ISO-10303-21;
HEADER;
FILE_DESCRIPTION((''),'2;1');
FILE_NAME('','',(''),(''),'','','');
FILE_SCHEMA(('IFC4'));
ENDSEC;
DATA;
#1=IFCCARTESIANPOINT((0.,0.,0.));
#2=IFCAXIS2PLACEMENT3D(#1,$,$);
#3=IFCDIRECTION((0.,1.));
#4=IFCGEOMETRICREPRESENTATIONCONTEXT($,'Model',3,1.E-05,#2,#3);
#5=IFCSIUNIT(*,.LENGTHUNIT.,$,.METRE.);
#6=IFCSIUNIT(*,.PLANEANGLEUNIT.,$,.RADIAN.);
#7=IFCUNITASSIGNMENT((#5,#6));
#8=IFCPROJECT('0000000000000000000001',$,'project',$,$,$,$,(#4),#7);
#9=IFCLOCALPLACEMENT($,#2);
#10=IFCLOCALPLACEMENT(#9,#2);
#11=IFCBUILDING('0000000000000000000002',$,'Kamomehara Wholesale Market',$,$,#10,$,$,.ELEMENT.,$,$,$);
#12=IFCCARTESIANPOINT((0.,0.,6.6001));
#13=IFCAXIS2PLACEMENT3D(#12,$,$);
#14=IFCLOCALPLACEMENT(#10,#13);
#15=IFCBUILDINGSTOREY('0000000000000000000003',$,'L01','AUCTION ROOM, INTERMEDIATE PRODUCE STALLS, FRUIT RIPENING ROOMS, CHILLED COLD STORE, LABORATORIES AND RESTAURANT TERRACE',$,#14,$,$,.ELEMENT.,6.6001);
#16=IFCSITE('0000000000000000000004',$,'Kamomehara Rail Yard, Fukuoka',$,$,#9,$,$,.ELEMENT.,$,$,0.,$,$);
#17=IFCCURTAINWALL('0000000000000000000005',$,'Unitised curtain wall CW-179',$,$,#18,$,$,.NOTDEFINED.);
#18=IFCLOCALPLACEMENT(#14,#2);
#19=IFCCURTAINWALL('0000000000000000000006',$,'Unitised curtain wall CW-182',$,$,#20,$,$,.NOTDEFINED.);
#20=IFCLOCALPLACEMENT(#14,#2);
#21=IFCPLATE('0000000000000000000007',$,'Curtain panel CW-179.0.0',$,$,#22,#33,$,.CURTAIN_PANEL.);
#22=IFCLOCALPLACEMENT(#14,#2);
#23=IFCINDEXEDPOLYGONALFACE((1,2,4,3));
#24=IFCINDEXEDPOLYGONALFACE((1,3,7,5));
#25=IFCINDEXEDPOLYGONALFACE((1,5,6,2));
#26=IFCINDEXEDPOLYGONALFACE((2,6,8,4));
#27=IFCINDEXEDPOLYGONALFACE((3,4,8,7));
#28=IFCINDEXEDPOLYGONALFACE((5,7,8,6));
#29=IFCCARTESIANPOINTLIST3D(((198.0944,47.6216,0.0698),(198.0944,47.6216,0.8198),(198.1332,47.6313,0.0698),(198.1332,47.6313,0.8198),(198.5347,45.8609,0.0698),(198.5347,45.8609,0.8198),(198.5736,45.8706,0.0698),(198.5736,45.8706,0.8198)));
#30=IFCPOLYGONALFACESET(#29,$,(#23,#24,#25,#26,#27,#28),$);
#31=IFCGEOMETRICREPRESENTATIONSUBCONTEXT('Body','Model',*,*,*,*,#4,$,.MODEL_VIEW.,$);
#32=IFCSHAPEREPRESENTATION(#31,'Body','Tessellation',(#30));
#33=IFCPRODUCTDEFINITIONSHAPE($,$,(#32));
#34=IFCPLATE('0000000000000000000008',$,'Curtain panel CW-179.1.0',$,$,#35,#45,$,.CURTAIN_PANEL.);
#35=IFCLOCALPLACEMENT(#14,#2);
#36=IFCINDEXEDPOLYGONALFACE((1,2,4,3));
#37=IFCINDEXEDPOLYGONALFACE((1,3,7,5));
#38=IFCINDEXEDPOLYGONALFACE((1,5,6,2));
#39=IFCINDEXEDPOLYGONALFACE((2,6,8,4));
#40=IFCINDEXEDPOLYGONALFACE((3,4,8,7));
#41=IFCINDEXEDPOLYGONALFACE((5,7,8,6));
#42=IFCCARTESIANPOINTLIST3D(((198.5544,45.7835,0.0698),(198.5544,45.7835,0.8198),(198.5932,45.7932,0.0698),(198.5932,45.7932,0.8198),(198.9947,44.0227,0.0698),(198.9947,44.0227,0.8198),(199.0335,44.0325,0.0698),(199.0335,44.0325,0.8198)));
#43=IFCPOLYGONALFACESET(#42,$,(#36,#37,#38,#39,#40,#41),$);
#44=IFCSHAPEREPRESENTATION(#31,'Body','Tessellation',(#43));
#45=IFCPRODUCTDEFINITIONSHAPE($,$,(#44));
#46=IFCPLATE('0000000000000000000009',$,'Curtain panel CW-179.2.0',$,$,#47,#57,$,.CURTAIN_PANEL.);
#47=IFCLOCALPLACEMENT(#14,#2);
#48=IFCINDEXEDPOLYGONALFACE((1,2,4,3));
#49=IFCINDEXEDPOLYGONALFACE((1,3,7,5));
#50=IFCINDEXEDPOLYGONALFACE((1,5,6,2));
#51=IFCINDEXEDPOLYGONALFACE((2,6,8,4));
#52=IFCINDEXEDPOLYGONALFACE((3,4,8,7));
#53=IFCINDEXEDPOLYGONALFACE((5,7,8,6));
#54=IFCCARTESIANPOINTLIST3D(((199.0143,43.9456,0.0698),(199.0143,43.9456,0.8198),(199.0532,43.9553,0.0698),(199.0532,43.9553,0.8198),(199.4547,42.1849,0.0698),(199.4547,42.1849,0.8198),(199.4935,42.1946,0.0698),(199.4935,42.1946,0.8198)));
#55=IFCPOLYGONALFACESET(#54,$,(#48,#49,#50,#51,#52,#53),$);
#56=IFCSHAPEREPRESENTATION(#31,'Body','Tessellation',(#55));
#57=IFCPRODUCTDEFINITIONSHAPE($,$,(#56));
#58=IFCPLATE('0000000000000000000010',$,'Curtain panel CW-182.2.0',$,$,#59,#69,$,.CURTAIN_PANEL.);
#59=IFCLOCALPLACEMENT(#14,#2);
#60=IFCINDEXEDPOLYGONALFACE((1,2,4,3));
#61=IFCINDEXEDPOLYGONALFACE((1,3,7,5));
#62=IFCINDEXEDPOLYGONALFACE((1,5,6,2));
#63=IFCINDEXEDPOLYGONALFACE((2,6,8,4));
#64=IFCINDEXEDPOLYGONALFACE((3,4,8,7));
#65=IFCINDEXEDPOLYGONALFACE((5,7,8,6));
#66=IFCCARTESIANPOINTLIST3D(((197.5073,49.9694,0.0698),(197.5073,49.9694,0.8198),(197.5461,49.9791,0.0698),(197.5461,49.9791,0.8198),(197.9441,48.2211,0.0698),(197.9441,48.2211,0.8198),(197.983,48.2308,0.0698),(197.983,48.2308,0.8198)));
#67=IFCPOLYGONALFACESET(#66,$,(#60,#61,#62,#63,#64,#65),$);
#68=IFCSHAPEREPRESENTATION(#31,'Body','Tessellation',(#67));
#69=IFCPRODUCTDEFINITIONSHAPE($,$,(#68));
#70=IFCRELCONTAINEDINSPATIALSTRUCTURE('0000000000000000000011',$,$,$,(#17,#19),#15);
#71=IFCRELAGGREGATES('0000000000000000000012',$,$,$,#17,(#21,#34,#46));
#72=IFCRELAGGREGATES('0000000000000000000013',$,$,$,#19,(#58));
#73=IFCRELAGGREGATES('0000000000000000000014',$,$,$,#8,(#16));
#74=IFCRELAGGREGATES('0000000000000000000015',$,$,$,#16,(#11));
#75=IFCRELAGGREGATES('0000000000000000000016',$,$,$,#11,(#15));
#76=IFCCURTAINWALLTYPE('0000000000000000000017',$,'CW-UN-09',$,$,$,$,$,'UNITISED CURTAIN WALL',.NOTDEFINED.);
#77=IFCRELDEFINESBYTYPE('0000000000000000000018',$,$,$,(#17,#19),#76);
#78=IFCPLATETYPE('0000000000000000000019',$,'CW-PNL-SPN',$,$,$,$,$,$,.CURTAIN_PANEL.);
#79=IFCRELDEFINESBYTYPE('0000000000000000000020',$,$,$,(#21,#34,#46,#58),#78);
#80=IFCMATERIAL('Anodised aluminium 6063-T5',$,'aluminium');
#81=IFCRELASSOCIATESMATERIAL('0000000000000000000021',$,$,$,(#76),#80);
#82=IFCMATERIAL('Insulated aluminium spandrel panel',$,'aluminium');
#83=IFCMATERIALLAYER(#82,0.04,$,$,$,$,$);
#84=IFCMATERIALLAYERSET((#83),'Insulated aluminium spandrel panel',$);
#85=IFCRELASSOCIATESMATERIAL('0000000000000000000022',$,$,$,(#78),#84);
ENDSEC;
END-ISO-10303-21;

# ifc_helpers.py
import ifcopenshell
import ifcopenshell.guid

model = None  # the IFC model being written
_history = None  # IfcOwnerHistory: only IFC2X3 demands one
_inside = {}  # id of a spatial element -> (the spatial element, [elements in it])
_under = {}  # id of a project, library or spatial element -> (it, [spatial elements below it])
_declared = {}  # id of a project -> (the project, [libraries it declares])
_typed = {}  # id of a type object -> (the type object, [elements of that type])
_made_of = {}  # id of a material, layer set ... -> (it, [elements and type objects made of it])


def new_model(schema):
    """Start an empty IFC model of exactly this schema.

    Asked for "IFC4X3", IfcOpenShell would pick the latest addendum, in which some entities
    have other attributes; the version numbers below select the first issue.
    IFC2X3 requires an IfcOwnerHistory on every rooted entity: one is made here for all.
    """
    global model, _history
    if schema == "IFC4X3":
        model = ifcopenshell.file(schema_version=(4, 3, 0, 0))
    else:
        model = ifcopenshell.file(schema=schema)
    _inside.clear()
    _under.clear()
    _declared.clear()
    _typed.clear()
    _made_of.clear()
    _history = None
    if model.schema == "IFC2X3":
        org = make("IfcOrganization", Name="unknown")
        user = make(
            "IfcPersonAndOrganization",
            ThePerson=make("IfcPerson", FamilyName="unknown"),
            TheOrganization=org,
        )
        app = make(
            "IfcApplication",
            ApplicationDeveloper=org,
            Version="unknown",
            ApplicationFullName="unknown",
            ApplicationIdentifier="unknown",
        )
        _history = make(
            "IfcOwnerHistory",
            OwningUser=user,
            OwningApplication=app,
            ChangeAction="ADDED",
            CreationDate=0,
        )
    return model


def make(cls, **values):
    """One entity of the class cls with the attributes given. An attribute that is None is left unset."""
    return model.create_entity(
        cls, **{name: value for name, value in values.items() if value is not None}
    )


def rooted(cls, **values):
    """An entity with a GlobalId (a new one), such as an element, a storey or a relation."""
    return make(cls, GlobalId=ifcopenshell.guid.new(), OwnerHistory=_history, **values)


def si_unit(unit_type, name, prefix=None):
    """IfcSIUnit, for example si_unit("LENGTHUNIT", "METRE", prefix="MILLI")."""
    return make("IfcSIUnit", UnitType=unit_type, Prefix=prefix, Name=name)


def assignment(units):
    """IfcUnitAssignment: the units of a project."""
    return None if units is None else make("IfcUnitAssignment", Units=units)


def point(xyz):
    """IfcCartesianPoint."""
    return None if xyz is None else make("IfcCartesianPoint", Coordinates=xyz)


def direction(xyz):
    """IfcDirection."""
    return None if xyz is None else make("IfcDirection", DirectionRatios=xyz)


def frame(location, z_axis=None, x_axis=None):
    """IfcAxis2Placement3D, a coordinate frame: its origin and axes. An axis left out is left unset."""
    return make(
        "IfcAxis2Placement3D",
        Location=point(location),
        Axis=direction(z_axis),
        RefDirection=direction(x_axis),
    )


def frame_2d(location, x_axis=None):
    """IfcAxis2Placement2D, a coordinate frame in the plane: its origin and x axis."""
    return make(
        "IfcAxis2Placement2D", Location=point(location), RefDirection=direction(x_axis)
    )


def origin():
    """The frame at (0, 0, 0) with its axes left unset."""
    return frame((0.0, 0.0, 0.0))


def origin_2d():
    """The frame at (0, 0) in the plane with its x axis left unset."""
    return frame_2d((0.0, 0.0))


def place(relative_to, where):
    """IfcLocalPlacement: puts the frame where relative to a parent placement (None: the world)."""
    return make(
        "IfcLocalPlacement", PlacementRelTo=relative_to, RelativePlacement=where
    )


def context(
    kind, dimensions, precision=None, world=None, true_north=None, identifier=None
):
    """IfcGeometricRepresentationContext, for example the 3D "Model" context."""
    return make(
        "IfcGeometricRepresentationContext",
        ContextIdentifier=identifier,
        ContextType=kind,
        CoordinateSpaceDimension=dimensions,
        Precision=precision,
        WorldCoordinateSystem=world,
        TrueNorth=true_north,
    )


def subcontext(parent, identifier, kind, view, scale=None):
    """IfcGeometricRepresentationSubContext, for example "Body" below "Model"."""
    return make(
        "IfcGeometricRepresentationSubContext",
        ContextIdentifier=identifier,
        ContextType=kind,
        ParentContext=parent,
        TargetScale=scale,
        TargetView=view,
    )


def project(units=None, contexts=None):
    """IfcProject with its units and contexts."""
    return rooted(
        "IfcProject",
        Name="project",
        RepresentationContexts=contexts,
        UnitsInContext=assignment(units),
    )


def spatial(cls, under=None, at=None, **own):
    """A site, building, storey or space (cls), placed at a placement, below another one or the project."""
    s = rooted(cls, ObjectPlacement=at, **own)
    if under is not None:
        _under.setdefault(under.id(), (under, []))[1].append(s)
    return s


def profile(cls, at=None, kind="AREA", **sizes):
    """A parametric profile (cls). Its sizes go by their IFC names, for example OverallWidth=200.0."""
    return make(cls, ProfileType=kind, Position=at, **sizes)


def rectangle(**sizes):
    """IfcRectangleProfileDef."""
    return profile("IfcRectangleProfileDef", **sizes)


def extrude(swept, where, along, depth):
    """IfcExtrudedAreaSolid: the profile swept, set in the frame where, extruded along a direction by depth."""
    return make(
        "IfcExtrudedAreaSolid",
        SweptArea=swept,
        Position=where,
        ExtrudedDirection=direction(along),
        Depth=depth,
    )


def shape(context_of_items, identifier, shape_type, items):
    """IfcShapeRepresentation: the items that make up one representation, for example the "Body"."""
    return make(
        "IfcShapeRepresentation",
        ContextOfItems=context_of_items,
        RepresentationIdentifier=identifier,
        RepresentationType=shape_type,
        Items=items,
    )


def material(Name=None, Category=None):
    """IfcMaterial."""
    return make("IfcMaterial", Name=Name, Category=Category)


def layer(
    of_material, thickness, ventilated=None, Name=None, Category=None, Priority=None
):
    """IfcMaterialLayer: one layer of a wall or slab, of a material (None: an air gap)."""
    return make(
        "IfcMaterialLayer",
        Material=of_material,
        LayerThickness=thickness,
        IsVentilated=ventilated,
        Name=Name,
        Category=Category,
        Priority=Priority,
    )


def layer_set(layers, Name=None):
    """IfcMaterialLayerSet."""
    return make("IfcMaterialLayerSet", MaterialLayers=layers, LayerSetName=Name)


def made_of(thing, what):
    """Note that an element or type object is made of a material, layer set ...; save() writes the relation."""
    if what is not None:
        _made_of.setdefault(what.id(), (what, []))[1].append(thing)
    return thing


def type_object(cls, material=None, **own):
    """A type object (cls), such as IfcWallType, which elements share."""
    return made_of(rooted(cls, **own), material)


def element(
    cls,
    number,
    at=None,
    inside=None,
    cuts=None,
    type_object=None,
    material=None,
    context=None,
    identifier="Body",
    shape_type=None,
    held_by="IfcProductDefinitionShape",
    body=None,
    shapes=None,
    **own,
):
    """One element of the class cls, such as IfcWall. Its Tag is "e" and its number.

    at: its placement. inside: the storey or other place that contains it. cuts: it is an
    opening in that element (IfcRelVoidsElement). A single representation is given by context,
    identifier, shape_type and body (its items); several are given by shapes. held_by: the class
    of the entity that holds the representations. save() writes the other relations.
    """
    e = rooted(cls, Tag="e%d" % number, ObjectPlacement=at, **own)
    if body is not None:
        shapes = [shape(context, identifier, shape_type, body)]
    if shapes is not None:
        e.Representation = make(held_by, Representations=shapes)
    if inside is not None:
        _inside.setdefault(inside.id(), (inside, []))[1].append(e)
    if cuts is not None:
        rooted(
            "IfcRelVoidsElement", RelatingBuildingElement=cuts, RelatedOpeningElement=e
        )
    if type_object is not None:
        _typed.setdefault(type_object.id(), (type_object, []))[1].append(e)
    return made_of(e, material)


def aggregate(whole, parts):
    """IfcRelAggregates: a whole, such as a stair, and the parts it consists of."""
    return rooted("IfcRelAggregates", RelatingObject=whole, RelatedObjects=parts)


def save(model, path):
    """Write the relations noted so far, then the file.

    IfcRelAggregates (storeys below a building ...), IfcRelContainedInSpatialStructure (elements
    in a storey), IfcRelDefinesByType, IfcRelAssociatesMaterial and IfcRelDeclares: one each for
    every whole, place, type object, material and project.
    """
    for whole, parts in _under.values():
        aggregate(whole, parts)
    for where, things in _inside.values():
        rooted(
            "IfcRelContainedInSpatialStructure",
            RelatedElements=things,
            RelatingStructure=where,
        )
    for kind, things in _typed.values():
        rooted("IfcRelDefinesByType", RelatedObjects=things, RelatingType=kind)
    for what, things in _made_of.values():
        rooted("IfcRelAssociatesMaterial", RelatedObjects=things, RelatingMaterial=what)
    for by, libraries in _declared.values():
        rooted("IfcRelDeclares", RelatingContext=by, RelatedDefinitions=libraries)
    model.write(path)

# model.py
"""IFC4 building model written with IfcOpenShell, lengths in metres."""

from ifc_helpers import new_model, si_unit, direction, frame, origin, origin_2d, place, context, subcontext, project, spatial, rectangle, extrude, material, layer, layer_set, type_object, element, aggregate, save


model = new_model("IFC4")

# Units and contexts
model_context = context("Model", 3, precision=1e-05, world=origin(), true_north=direction((0.0, 1.0)))
body_context = subcontext(model_context, "Body", "Model", "MODEL_VIEW")
ifc_project = project(units=[si_unit("LENGTHUNIT", "METRE"), si_unit("PLANEANGLEUNIT", "RADIAN")], contexts=[model_context])

# Site, building, storey
site_placement = place(None, origin())
site = spatial("IfcSite", under=ifc_project, at=site_placement, Name="Kamomehara Rail Yard, Fukuoka", CompositionType="ELEMENT", RefElevation=0.0)
building_placement = place(site_placement, origin())
building = spatial("IfcBuilding", under=site, at=building_placement, Name="Kamomehara Wholesale Market", CompositionType="ELEMENT")
storey_placement = place(building_placement, frame((0.0, 0.0, 6.6001)))
storey = spatial("IfcBuildingStorey", under=building, at=storey_placement, Name="L01", Description="AUCTION ROOM, INTERMEDIATE PRODUCE STALLS, FRUIT RIPENING ROOMS, CHILLED COLD STORE, LABORATORIES AND RESTAURANT TERRACE", CompositionType="ELEMENT", Elevation=6.6001)

# Curtain wall
ifc_material_1 = material(Name="Anodised aluminium 6063-T5", Category="aluminium")
curtain_wall_type = type_object("IfcCurtainWallType", Name="CW-UN-09", ElementType="UNITISED CURTAIN WALL", PredefinedType="NOTDEFINED", material=ifc_material_1)
curtain_wall_1_placement = place(storey_placement, origin())
curtain_wall_1 = element("IfcCurtainWall", 1, at=curtain_wall_1_placement, inside=storey, type_object=curtain_wall_type, Name="Unitised curtain wall CW-179", PredefinedType="NOTDEFINED")

# Curtain wall
curtain_wall_2_placement = place(storey_placement, origin())
curtain_wall_2 = element("IfcCurtainWall", 2, at=curtain_wall_2_placement, inside=storey, type_object=curtain_wall_type, Name="Unitised curtain wall CW-182", PredefinedType="NOTDEFINED")

# Plates
ifc_material_2 = material(Name="Insulated aluminium spandrel panel", Category="aluminium")
ifc_layer_1 = layer(ifc_material_2, 0.04)
ifc_layer_set_1 = layer_set([ifc_layer_1], Name="Insulated aluminium spandrel panel")
plate_type_1 = type_object("IfcPlateType", Name="CW-PNL-SPN", PredefinedType="CURTAIN_PANEL", material=ifc_layer_set_1)
plate_1_placement = place(storey_placement, frame((198.334, 46.7461, 0.0698), z_axis=(0.0, 0.0, 1.0), x_axis=(0.242616, -0.970122, 0.0)))
plate_1 = element("IfcPlate", 3, at=plate_1_placement, type_object=plate_type_1, Name="Curtain panel CW-179.0.0", PredefinedType="CURTAIN_PANEL", context=body_context, shape_type="SweptSolid", body=[
    extrude(rectangle(XDim=1.8149, YDim=0.04, at=origin_2d()), origin(), (0.0, 0.0, 1.0), 0.75),
])
plate_2_placement = place(storey_placement, frame((198.7939, 44.908, 0.0698), z_axis=(0.0, 0.0, 1.0), x_axis=(0.242616, -0.970122, 0.0)))
plate_2 = element("IfcPlate", 4, at=plate_2_placement, type_object=plate_type_1, Name="Curtain panel CW-179.1.0", PredefinedType="CURTAIN_PANEL", context=body_context, shape_type="SweptSolid", body=[
    extrude(rectangle(XDim=1.8149, YDim=0.04, at=origin_2d()), origin(), (0.0, 0.0, 1.0), 0.75),
])
plate_3_placement = place(storey_placement, frame((199.2539, 43.0701, 0.0698), z_axis=(0.0, 0.0, 1.0), x_axis=(0.242616, -0.970122, 0.0)))
plate_3 = element("IfcPlate", 5, at=plate_3_placement, type_object=plate_type_1, Name="Curtain panel CW-179.2.0", PredefinedType="CURTAIN_PANEL", context=body_context, shape_type="SweptSolid", body=[
    extrude(rectangle(XDim=1.8149, YDim=0.04, at=origin_2d()), origin(), (0.0, 0.0, 1.0), 0.75),
])
aggregate(curtain_wall_1, [plate_1, plate_2, plate_3])
plate_4_placement = place(storey_placement, frame((197.7451, 49.1001, 0.0698), z_axis=(0.0, 0.0, 1.0), x_axis=(0.242447, -0.970165, 0.0)))
plate_4 = element("IfcPlate", 6, at=plate_4_placement, type_object=plate_type_1, Name="Curtain panel CW-182.2.0", PredefinedType="CURTAIN_PANEL", context=body_context, shape_type="SweptSolid", body=[
    extrude(rectangle(XDim=1.802, YDim=0.04, at=origin_2d()), origin(), (0.0, 0.0, 1.0), 0.75),
])
aggregate(curtain_wall_2, [plate_4])

save(model, "model.ifc")
